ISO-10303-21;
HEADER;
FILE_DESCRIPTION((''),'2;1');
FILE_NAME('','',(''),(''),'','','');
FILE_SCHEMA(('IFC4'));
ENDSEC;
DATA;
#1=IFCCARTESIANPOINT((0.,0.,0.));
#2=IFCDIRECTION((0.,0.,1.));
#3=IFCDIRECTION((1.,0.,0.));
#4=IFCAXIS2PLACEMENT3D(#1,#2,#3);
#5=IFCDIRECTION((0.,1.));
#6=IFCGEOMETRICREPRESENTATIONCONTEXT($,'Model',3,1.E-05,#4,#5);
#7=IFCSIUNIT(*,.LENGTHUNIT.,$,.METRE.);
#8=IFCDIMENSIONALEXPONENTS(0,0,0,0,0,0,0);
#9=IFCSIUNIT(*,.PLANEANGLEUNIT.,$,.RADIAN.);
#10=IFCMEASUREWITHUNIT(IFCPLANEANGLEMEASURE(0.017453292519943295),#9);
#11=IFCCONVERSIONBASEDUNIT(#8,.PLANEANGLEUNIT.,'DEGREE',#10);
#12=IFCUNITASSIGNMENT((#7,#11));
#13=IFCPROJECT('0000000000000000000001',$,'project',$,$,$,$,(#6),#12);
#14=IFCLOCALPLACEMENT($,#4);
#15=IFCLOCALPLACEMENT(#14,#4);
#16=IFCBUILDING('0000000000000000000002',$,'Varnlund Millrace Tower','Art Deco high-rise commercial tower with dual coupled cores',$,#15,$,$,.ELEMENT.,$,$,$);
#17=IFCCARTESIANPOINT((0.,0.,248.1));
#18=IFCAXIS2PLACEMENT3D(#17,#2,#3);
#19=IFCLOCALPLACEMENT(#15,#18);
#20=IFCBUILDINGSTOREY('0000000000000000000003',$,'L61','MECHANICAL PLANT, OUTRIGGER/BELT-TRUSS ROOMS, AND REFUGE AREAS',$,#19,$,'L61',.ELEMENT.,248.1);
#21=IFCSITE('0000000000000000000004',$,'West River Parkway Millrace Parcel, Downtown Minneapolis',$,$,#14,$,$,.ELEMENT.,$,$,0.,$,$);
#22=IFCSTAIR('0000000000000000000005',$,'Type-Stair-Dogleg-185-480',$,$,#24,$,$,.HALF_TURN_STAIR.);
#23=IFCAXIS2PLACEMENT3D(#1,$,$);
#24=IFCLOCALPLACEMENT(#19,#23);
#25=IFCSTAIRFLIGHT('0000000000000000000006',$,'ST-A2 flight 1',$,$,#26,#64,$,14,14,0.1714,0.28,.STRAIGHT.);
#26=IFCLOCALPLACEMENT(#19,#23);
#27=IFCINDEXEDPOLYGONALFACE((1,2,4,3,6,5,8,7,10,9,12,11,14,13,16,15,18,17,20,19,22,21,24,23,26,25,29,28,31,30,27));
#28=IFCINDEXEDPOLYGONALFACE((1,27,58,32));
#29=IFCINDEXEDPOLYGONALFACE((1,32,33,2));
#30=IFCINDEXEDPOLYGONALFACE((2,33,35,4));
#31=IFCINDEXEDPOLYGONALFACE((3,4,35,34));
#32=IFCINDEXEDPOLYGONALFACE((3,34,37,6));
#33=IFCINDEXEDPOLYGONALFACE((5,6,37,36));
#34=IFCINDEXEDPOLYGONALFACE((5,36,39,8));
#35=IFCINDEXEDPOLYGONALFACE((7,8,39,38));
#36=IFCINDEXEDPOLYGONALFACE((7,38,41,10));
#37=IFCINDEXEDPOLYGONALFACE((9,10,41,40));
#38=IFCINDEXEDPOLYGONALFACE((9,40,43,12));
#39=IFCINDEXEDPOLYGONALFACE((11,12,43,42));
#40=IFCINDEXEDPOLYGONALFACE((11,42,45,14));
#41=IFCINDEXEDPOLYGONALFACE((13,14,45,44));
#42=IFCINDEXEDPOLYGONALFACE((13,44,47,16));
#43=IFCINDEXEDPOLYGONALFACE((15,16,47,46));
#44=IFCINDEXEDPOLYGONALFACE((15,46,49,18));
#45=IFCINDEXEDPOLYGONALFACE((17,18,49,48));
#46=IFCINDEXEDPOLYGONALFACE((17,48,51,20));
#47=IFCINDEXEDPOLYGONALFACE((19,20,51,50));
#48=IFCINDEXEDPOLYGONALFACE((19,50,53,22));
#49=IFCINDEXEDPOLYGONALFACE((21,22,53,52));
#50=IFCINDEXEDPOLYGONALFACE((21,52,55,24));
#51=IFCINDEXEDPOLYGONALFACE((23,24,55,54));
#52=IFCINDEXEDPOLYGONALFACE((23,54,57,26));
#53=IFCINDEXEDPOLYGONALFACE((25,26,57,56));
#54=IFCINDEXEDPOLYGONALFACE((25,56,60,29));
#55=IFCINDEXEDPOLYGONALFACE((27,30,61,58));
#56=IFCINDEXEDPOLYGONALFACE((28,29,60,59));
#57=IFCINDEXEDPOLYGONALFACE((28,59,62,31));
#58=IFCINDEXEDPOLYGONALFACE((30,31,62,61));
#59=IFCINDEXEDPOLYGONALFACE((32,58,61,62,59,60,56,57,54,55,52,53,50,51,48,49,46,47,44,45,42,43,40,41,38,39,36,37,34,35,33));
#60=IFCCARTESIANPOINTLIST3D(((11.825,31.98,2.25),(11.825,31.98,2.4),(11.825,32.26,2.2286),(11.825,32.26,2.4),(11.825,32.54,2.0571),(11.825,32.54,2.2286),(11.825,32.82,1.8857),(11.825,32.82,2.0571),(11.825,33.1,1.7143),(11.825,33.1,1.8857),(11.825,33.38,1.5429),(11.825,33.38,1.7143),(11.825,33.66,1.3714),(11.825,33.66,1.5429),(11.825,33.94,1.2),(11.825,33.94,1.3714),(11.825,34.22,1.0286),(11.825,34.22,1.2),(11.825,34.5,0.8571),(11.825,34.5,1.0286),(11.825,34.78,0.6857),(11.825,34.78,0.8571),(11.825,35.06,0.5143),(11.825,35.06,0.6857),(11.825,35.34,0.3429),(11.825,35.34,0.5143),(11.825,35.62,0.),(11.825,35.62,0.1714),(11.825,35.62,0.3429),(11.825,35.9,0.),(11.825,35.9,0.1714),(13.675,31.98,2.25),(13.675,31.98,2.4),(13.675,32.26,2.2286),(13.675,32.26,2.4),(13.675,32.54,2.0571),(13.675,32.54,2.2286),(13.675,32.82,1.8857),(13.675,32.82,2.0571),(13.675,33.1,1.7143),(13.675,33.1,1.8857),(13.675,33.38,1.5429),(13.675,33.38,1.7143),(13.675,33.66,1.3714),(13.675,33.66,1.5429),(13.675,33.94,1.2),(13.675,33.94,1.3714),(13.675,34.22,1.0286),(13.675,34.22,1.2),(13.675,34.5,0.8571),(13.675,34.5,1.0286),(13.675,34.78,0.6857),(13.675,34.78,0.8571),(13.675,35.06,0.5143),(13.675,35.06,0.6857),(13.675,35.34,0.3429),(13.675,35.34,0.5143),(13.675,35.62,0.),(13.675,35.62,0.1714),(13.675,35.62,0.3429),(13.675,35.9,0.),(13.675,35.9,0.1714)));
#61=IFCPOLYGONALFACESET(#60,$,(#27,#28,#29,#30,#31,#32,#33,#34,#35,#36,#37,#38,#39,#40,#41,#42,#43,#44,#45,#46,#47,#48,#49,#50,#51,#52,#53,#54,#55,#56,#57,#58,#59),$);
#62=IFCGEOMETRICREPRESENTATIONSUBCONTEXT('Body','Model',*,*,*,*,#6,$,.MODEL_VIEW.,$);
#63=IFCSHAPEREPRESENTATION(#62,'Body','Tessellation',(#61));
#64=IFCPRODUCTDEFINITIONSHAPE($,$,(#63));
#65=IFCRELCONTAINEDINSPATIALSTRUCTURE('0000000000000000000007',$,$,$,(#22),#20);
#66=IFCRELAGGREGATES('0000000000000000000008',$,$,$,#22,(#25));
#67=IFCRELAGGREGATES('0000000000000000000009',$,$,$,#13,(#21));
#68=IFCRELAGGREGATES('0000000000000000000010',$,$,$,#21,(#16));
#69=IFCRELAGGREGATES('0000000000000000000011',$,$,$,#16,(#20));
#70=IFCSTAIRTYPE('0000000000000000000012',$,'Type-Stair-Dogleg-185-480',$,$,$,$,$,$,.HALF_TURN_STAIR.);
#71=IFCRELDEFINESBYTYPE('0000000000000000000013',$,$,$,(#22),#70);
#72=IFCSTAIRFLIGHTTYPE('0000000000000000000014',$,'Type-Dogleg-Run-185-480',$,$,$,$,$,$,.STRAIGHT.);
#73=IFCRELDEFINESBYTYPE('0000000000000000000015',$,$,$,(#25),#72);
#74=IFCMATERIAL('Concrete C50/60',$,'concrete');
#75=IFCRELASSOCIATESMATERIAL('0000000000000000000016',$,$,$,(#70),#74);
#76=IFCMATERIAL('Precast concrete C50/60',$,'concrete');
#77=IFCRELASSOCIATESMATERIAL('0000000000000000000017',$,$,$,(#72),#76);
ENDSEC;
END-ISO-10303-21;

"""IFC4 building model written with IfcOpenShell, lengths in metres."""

from ifc_helpers import new_model, entity, si_unit, converted_unit, direction, frame, origin_with_axes, place, context, subcontext, project, spatial, polyline, outline, extrude, material, type_object, element, aggregate, save


model = new_model("IFC4")

# Units and contexts
model_context = context("Model", 3, precision=1e-05, world=origin_with_axes(), true_north=direction((0.0, 1.0)))
body_context = subcontext(model_context, "Body", "Model", "MODEL_VIEW")
ifc_project = project(units=[si_unit("LENGTHUNIT", "METRE"), converted_unit("PLANEANGLEUNIT", "DEGREE", entity("IfcPlaneAngleMeasure", 0.017453292519943295), si_unit("PLANEANGLEUNIT", "RADIAN"), dimensions=[0, 0, 0, 0, 0, 0, 0])], contexts=[model_context])

# Site, building, storey
site_placement = place(None, origin_with_axes())
site = spatial("IfcSite", under=ifc_project, at=site_placement, Name="West River Parkway Millrace Parcel, Downtown Minneapolis", CompositionType="ELEMENT", RefElevation=0.0)
building_placement = place(site_placement, origin_with_axes())
building = spatial("IfcBuilding", under=site, at=building_placement, Name="Varnlund Millrace Tower", Description="Art Deco high-rise commercial tower with dual coupled cores", CompositionType="ELEMENT")
storey_placement = place(building_placement, frame((0.0, 0.0, 248.1), z_axis=(0.0, 0.0, 1.0), x_axis=(1.0, 0.0, 0.0)))
storey = spatial("IfcBuildingStorey", under=building, at=storey_placement, Name="L61", Description="MECHANICAL PLANT, OUTRIGGER/BELT-TRUSS ROOMS, AND REFUGE AREAS", LongName="L61", CompositionType="ELEMENT", Elevation=248.1)

# Stair, stair flight
ifc_material_1 = material(Name="Concrete C50/60", Category="concrete")
ifc_material_2 = material(Name="Precast concrete C50/60", Category="concrete")
stair_type_1 = type_object("IfcStairType", Name="Type-Stair-Dogleg-185-480", PredefinedType="HALF_TURN_STAIR", material=ifc_material_1)
stair_1_placement = place(storey_placement, origin_with_axes())
stair_1 = element("IfcStair", 1, at=stair_1_placement, inside=storey, type_object=stair_type_1, Name="Type-Stair-Dogleg-185-480", PredefinedType="HALF_TURN_STAIR")
stair_flight_type_1 = type_object("IfcStairFlightType", Name="Type-Dogleg-Run-185-480", PredefinedType="STRAIGHT", material=ifc_material_2)
stair_flight_1_placement = place(storey_placement, frame((13.675, 35.9, 0.0), z_axis=(-1.0, 0.0, 0.0), x_axis=(0.0, -1.0, 0.0)))
stair_flight_1 = element("IfcStairFlight", 2, at=stair_flight_1_placement, type_object=stair_flight_type_1, Name="ST-A2 flight 1", NumberOfRisers=14, NumberOfTreads=14, PredefinedType="STRAIGHT", RiserHeight=0.1714, TreadLength=0.28, context=body_context, shape_type="SweptSolid", body=[
    extrude(outline(polyline([(0.0, 0.0), (0.0, 0.1714), (0.28, 0.1714), (0.28, 0.3429), (0.56, 0.3429), (0.56, 0.5143), (0.84, 0.5143), (0.84, 0.6857), (1.12, 0.6857), (1.12, 0.8571), (1.4, 0.8571), (1.4, 1.0286), (1.68, 1.0286), (1.68, 1.2), (1.96, 1.2), (1.96, 1.3714), (2.24, 1.3714), (2.24, 1.5429), (2.52, 1.5429), (2.52, 1.7143), (2.8, 1.7143), (2.8, 1.8857), (3.08, 1.8857), (3.08, 2.0571), (3.36, 2.0571), (3.36, 2.2286), (3.64, 2.2286), (3.64, 2.4), (3.92, 2.4), (3.92, 2.25), (0.28, 0.0), (0.0, 0.0)])), origin_with_axes(), (0.0, 0.0, 1.0), 1.85),
])
aggregate(stair_1, [stair_flight_1])

save(model, "model.ifc")
